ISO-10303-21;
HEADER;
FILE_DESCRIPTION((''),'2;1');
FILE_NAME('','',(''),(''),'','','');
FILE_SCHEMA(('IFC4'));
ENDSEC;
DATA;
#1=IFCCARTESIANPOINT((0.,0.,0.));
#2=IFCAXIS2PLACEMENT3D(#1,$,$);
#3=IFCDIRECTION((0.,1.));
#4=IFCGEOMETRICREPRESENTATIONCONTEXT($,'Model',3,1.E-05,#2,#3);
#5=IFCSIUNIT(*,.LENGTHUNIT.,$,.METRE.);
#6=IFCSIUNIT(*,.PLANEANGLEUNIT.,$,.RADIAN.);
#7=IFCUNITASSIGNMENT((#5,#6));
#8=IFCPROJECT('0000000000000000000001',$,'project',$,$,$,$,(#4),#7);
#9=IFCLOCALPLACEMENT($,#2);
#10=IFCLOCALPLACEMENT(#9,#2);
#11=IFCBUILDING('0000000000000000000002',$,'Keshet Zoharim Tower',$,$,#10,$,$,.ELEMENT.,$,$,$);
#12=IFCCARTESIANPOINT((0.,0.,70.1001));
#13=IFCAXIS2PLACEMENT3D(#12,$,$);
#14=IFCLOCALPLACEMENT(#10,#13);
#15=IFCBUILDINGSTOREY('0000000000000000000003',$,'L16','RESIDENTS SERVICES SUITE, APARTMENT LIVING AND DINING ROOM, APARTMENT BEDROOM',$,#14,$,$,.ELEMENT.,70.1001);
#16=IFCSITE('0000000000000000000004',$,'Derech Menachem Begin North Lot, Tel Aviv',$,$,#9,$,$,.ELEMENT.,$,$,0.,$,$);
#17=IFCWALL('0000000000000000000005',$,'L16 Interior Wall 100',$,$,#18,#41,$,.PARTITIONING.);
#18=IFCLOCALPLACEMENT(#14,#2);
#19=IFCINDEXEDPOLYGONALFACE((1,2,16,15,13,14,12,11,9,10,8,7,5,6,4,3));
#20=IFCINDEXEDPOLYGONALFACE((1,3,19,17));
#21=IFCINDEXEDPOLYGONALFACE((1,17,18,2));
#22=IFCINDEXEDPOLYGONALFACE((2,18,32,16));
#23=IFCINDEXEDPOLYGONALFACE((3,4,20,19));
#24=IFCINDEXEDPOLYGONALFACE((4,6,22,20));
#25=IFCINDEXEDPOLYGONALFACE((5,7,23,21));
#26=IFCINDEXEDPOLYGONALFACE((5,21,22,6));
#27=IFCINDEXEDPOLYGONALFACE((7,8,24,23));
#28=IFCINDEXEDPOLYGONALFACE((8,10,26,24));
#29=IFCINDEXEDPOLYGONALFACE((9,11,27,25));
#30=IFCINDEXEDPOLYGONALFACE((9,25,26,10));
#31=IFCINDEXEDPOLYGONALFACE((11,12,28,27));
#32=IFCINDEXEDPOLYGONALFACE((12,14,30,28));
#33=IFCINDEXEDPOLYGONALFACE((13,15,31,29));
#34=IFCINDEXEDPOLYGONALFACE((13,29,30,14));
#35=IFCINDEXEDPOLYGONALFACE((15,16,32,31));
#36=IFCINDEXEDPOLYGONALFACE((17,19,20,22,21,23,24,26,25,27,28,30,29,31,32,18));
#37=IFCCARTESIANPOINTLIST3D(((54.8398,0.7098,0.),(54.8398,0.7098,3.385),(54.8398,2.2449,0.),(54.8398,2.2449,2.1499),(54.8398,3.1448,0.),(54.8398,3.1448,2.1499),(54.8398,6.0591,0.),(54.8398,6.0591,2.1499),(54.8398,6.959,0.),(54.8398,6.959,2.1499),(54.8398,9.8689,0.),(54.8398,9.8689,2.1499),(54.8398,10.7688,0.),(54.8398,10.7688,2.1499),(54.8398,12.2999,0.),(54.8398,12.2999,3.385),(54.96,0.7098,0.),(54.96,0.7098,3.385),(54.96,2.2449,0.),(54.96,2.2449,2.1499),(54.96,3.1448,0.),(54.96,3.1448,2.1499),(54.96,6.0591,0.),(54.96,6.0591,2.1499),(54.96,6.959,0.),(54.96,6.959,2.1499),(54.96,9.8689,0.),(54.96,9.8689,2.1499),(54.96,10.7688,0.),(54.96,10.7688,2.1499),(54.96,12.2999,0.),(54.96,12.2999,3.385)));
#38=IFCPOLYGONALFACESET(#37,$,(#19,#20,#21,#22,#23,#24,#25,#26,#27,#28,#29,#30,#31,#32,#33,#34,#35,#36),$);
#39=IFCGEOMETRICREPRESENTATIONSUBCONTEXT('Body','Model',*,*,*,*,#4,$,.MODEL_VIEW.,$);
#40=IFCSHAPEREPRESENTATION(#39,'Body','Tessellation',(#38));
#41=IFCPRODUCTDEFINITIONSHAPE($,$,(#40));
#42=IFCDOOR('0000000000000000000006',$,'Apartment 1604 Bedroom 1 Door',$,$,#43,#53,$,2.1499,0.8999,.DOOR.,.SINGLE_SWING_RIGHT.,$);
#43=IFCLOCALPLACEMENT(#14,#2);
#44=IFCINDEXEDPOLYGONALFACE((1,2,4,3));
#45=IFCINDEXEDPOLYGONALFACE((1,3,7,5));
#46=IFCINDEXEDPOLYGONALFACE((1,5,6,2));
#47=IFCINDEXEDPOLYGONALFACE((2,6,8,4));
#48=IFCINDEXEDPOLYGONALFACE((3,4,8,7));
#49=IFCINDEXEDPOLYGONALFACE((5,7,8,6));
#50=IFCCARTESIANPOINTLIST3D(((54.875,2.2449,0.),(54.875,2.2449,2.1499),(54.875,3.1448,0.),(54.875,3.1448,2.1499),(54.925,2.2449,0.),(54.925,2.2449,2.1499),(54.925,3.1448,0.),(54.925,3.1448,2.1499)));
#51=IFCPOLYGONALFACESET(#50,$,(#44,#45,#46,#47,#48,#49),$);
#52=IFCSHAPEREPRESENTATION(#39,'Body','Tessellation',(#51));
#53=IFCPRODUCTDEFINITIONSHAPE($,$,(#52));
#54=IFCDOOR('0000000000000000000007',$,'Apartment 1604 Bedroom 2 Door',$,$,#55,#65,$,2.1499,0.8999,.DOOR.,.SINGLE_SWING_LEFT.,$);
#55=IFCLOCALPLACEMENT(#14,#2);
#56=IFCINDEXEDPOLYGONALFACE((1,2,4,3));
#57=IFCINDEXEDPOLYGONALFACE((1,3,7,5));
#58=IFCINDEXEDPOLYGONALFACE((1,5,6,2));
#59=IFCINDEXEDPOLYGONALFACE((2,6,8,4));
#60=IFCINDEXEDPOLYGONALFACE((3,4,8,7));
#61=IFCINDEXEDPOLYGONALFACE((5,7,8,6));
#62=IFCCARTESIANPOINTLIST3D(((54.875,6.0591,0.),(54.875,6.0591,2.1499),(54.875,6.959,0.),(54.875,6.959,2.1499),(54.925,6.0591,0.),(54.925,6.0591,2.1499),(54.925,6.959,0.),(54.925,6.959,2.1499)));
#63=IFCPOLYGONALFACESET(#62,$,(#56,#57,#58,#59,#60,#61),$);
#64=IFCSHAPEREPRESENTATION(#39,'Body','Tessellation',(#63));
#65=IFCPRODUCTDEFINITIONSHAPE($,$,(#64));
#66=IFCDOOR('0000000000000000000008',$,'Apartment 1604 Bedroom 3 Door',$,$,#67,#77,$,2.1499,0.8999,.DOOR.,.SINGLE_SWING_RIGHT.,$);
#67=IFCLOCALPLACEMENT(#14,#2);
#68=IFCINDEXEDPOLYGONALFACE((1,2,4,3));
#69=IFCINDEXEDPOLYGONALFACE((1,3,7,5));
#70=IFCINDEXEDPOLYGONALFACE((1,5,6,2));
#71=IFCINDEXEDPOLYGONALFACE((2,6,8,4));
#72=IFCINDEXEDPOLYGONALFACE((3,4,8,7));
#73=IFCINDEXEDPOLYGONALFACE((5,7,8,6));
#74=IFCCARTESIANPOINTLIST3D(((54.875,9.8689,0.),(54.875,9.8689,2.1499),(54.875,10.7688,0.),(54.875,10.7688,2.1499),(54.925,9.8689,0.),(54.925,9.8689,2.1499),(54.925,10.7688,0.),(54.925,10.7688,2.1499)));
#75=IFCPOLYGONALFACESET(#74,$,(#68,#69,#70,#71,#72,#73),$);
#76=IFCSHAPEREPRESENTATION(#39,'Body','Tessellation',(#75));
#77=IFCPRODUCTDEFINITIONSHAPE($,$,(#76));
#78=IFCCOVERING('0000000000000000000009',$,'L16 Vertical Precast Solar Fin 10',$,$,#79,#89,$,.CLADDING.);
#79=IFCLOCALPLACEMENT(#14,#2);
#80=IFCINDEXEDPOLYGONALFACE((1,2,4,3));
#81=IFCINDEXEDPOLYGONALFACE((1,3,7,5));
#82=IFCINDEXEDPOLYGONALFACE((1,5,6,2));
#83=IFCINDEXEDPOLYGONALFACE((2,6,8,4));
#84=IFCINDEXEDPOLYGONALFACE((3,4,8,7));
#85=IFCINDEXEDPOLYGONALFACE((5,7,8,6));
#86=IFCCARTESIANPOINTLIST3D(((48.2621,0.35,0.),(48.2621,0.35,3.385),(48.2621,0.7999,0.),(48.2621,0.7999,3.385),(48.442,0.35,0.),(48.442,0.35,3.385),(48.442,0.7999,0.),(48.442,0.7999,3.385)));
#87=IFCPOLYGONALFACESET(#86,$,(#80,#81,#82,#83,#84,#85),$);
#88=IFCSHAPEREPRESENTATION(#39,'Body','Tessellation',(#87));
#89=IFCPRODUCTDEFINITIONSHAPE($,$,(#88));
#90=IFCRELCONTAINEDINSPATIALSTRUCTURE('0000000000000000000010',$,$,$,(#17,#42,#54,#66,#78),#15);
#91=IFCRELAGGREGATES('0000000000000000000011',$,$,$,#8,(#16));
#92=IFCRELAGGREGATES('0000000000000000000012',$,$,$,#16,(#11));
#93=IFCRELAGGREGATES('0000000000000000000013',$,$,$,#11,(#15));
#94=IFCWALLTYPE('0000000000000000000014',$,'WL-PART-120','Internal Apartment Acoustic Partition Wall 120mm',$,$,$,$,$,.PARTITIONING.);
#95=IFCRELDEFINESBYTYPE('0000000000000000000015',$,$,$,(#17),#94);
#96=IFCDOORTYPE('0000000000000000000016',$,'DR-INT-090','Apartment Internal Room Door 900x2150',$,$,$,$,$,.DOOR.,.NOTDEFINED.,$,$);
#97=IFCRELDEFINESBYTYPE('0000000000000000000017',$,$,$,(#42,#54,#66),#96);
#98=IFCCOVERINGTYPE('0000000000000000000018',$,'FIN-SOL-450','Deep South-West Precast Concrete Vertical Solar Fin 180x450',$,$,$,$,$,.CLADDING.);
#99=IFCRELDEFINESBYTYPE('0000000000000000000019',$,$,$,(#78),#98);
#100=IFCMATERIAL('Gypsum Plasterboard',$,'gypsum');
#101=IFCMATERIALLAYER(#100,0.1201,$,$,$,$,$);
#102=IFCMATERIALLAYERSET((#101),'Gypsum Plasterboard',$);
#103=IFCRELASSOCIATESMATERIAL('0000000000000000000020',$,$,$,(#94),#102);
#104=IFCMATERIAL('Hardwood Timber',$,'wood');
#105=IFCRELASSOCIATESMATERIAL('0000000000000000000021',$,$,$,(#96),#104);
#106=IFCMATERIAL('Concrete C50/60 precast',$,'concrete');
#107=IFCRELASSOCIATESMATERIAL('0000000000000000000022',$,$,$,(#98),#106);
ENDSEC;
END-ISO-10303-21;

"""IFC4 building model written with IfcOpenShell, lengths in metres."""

from ifc_helpers import new_model, si_unit, direction, frame, frame_2d, origin, origin_2d, place, context, subcontext, project, spatial, rectangle, extrude, material, layer, layer_set, type_object, element, fill, save


model = new_model("IFC4")

# Units and contexts
model_context = context("Model", 3, precision=1e-05, world=origin(), true_north=direction((0.0, 1.0)))
body_context = subcontext(model_context, "Body", "Model", "MODEL_VIEW")
ifc_project = project(units=[si_unit("LENGTHUNIT", "METRE"), si_unit("PLANEANGLEUNIT", "RADIAN")], contexts=[model_context])

# Site, building, storey
site_placement = place(None, origin())
site = spatial("IfcSite", under=ifc_project, at=site_placement, Name="Derech Menachem Begin North Lot, Tel Aviv", CompositionType="ELEMENT", RefElevation=0.0)
building_placement = place(site_placement, origin())
building = spatial("IfcBuilding", under=site, at=building_placement, Name="Keshet Zoharim Tower", CompositionType="ELEMENT")
storey_placement = place(building_placement, frame((0.0, 0.0, 70.1001)))
storey = spatial("IfcBuildingStorey", under=building, at=storey_placement, Name="L16", Description="RESIDENTS SERVICES SUITE, APARTMENT LIVING AND DINING ROOM, APARTMENT BEDROOM", CompositionType="ELEMENT", Elevation=70.1001)

# Shared definitions
ifc_material_1 = material(Name="Gypsum Plasterboard", Category="gypsum")
ifc_layer_1 = layer(ifc_material_1, 0.1201)
ifc_layer_set_1 = layer_set([ifc_layer_1], Name="Gypsum Plasterboard")
wall_type = type_object("IfcWallType", Name="WL-PART-120", Description="Internal Apartment Acoustic Partition Wall 120mm", PredefinedType="PARTITIONING", material=ifc_layer_set_1)

# Wall, openings, doors
wall_1_placement = place(storey_placement, frame((54.8999, 0.71, 0.0), z_axis=(0.0, 0.0, 1.0), x_axis=(0.0, 1.0, 0.0)))
wall_1 = element("IfcWall", 1, at=wall_1_placement, inside=storey, type_object=wall_type, Name="L16 Interior Wall 100", PredefinedType="PARTITIONING", context=body_context, shape_type="SweptSolid", body=[
    extrude(rectangle(XDim=11.5901, YDim=0.1201, at=frame_2d((5.7949, 0.0))), origin(), (0.0, 0.0, 1.0), 3.385),
])
opening_1_placement = place(wall_1_placement, frame((1.5349, 0.0, 0.0)))
opening_1 = element("IfcOpeningElement", 2, at=opening_1_placement, cuts=wall_1, PredefinedType="OPENING", context=body_context, shape_type="SweptSolid", body=[
    extrude(rectangle(XDim=0.8999, YDim=2.1499, at=frame_2d((0.45, 1.075))), frame((0.0, 0.0701, 0.0), z_axis=(0.0, -1.0, 0.0), x_axis=(1.0, 0.0, 0.0)), (0.0, 0.0, 1.0), 0.1401),
])
opening_2_placement = place(wall_1_placement, frame((5.3491, 0.0, 0.0)))
opening_2 = element("IfcOpeningElement", 3, at=opening_2_placement, cuts=wall_1, PredefinedType="OPENING", context=body_context, shape_type="SweptSolid", body=[
    extrude(rectangle(XDim=0.8999, YDim=2.1499, at=frame_2d((0.45, 1.075))), frame((0.0, 0.0701, 0.0), z_axis=(0.0, -1.0, 0.0), x_axis=(1.0, 0.0, 0.0)), (0.0, 0.0, 1.0), 0.1401),
])
opening_3_placement = place(wall_1_placement, frame((9.1589, 0.0, 0.0)))
opening_3 = element("IfcOpeningElement", 4, at=opening_3_placement, cuts=wall_1, PredefinedType="OPENING", context=body_context, shape_type="SweptSolid", body=[
    extrude(rectangle(XDim=0.8999, YDim=2.1499, at=frame_2d((0.45, 1.075))), frame((0.0, 0.0701, 0.0), z_axis=(0.0, -1.0, 0.0), x_axis=(1.0, 0.0, 0.0)), (0.0, 0.0, 1.0), 0.1401),
])
ifc_material_2 = material(Name="Hardwood Timber", Category="wood")
door_type = type_object("IfcDoorType", Name="DR-INT-090", Description="Apartment Internal Room Door 900x2150", OperationType="NOTDEFINED", PredefinedType="DOOR", material=ifc_material_2)
door_1_placement = place(opening_1_placement, origin())
door_1 = element("IfcDoor", 5, at=door_1_placement, inside=storey, type_object=door_type, Name="Apartment 1604 Bedroom 1 Door", OperationType="SINGLE_SWING_RIGHT", OverallHeight=2.1499, OverallWidth=0.8999, PredefinedType="DOOR", context=body_context, shape_type="SweptSolid", body=[
    extrude(rectangle(XDim=0.8999, YDim=2.1499, at=frame_2d((0.45, 1.075))), frame((0.0, 0.0249, 0.0), z_axis=(0.0, -1.0, 0.0), x_axis=(1.0, 0.0, 0.0)), (0.0, 0.0, 1.0), 0.05),
])
fill(opening_1, door_1)
door_2_placement = place(opening_2_placement, origin())
door_2 = element("IfcDoor", 6, at=door_2_placement, inside=storey, type_object=door_type, Name="Apartment 1604 Bedroom 2 Door", OperationType="SINGLE_SWING_LEFT", OverallHeight=2.1499, OverallWidth=0.8999, PredefinedType="DOOR", context=body_context, shape_type="SweptSolid", body=[
    extrude(rectangle(XDim=0.8999, YDim=2.1499, at=frame_2d((0.45, 1.075))), frame((0.0, 0.0249, 0.0), z_axis=(0.0, -1.0, 0.0), x_axis=(1.0, 0.0, 0.0)), (0.0, 0.0, 1.0), 0.05),
])
fill(opening_2, door_2)
door_3_placement = place(opening_3_placement, origin())
door_3 = element("IfcDoor", 7, at=door_3_placement, inside=storey, type_object=door_type, Name="Apartment 1604 Bedroom 3 Door", OperationType="SINGLE_SWING_RIGHT", OverallHeight=2.1499, OverallWidth=0.8999, PredefinedType="DOOR", context=body_context, shape_type="SweptSolid", body=[
    extrude(rectangle(XDim=0.8999, YDim=2.1499, at=frame_2d((0.45, 1.075))), frame((0.0, 0.0249, 0.0), z_axis=(0.0, -1.0, 0.0), x_axis=(1.0, 0.0, 0.0)), (0.0, 0.0, 1.0), 0.05),
])
fill(opening_3, door_3)

# Covering
ifc_material_3 = material(Name="Concrete C50/60 precast", Category="concrete")
covering_type = type_object("IfcCoveringType", Name="FIN-SOL-450", Description="Deep South-West Precast Concrete Vertical Solar Fin 180x450", PredefinedType="CLADDING", material=ifc_material_3)
covering_placement = place(storey_placement, frame((48.3521, 0.575, 0.0), z_axis=(0.0, 0.0, 1.0), x_axis=(-1.0, 0.0, 0.0)))
element("IfcCovering", 8, at=covering_placement, inside=storey, type_object=covering_type, Name="L16 Vertical Precast Solar Fin 10", PredefinedType="CLADDING", context=body_context, shape_type="SweptSolid", body=[
    extrude(rectangle(XDim=0.1799, YDim=0.45, at=origin_2d()), origin(), (0.0, 0.0, 1.0), 3.385),
])

save(model, "model.ifc")
